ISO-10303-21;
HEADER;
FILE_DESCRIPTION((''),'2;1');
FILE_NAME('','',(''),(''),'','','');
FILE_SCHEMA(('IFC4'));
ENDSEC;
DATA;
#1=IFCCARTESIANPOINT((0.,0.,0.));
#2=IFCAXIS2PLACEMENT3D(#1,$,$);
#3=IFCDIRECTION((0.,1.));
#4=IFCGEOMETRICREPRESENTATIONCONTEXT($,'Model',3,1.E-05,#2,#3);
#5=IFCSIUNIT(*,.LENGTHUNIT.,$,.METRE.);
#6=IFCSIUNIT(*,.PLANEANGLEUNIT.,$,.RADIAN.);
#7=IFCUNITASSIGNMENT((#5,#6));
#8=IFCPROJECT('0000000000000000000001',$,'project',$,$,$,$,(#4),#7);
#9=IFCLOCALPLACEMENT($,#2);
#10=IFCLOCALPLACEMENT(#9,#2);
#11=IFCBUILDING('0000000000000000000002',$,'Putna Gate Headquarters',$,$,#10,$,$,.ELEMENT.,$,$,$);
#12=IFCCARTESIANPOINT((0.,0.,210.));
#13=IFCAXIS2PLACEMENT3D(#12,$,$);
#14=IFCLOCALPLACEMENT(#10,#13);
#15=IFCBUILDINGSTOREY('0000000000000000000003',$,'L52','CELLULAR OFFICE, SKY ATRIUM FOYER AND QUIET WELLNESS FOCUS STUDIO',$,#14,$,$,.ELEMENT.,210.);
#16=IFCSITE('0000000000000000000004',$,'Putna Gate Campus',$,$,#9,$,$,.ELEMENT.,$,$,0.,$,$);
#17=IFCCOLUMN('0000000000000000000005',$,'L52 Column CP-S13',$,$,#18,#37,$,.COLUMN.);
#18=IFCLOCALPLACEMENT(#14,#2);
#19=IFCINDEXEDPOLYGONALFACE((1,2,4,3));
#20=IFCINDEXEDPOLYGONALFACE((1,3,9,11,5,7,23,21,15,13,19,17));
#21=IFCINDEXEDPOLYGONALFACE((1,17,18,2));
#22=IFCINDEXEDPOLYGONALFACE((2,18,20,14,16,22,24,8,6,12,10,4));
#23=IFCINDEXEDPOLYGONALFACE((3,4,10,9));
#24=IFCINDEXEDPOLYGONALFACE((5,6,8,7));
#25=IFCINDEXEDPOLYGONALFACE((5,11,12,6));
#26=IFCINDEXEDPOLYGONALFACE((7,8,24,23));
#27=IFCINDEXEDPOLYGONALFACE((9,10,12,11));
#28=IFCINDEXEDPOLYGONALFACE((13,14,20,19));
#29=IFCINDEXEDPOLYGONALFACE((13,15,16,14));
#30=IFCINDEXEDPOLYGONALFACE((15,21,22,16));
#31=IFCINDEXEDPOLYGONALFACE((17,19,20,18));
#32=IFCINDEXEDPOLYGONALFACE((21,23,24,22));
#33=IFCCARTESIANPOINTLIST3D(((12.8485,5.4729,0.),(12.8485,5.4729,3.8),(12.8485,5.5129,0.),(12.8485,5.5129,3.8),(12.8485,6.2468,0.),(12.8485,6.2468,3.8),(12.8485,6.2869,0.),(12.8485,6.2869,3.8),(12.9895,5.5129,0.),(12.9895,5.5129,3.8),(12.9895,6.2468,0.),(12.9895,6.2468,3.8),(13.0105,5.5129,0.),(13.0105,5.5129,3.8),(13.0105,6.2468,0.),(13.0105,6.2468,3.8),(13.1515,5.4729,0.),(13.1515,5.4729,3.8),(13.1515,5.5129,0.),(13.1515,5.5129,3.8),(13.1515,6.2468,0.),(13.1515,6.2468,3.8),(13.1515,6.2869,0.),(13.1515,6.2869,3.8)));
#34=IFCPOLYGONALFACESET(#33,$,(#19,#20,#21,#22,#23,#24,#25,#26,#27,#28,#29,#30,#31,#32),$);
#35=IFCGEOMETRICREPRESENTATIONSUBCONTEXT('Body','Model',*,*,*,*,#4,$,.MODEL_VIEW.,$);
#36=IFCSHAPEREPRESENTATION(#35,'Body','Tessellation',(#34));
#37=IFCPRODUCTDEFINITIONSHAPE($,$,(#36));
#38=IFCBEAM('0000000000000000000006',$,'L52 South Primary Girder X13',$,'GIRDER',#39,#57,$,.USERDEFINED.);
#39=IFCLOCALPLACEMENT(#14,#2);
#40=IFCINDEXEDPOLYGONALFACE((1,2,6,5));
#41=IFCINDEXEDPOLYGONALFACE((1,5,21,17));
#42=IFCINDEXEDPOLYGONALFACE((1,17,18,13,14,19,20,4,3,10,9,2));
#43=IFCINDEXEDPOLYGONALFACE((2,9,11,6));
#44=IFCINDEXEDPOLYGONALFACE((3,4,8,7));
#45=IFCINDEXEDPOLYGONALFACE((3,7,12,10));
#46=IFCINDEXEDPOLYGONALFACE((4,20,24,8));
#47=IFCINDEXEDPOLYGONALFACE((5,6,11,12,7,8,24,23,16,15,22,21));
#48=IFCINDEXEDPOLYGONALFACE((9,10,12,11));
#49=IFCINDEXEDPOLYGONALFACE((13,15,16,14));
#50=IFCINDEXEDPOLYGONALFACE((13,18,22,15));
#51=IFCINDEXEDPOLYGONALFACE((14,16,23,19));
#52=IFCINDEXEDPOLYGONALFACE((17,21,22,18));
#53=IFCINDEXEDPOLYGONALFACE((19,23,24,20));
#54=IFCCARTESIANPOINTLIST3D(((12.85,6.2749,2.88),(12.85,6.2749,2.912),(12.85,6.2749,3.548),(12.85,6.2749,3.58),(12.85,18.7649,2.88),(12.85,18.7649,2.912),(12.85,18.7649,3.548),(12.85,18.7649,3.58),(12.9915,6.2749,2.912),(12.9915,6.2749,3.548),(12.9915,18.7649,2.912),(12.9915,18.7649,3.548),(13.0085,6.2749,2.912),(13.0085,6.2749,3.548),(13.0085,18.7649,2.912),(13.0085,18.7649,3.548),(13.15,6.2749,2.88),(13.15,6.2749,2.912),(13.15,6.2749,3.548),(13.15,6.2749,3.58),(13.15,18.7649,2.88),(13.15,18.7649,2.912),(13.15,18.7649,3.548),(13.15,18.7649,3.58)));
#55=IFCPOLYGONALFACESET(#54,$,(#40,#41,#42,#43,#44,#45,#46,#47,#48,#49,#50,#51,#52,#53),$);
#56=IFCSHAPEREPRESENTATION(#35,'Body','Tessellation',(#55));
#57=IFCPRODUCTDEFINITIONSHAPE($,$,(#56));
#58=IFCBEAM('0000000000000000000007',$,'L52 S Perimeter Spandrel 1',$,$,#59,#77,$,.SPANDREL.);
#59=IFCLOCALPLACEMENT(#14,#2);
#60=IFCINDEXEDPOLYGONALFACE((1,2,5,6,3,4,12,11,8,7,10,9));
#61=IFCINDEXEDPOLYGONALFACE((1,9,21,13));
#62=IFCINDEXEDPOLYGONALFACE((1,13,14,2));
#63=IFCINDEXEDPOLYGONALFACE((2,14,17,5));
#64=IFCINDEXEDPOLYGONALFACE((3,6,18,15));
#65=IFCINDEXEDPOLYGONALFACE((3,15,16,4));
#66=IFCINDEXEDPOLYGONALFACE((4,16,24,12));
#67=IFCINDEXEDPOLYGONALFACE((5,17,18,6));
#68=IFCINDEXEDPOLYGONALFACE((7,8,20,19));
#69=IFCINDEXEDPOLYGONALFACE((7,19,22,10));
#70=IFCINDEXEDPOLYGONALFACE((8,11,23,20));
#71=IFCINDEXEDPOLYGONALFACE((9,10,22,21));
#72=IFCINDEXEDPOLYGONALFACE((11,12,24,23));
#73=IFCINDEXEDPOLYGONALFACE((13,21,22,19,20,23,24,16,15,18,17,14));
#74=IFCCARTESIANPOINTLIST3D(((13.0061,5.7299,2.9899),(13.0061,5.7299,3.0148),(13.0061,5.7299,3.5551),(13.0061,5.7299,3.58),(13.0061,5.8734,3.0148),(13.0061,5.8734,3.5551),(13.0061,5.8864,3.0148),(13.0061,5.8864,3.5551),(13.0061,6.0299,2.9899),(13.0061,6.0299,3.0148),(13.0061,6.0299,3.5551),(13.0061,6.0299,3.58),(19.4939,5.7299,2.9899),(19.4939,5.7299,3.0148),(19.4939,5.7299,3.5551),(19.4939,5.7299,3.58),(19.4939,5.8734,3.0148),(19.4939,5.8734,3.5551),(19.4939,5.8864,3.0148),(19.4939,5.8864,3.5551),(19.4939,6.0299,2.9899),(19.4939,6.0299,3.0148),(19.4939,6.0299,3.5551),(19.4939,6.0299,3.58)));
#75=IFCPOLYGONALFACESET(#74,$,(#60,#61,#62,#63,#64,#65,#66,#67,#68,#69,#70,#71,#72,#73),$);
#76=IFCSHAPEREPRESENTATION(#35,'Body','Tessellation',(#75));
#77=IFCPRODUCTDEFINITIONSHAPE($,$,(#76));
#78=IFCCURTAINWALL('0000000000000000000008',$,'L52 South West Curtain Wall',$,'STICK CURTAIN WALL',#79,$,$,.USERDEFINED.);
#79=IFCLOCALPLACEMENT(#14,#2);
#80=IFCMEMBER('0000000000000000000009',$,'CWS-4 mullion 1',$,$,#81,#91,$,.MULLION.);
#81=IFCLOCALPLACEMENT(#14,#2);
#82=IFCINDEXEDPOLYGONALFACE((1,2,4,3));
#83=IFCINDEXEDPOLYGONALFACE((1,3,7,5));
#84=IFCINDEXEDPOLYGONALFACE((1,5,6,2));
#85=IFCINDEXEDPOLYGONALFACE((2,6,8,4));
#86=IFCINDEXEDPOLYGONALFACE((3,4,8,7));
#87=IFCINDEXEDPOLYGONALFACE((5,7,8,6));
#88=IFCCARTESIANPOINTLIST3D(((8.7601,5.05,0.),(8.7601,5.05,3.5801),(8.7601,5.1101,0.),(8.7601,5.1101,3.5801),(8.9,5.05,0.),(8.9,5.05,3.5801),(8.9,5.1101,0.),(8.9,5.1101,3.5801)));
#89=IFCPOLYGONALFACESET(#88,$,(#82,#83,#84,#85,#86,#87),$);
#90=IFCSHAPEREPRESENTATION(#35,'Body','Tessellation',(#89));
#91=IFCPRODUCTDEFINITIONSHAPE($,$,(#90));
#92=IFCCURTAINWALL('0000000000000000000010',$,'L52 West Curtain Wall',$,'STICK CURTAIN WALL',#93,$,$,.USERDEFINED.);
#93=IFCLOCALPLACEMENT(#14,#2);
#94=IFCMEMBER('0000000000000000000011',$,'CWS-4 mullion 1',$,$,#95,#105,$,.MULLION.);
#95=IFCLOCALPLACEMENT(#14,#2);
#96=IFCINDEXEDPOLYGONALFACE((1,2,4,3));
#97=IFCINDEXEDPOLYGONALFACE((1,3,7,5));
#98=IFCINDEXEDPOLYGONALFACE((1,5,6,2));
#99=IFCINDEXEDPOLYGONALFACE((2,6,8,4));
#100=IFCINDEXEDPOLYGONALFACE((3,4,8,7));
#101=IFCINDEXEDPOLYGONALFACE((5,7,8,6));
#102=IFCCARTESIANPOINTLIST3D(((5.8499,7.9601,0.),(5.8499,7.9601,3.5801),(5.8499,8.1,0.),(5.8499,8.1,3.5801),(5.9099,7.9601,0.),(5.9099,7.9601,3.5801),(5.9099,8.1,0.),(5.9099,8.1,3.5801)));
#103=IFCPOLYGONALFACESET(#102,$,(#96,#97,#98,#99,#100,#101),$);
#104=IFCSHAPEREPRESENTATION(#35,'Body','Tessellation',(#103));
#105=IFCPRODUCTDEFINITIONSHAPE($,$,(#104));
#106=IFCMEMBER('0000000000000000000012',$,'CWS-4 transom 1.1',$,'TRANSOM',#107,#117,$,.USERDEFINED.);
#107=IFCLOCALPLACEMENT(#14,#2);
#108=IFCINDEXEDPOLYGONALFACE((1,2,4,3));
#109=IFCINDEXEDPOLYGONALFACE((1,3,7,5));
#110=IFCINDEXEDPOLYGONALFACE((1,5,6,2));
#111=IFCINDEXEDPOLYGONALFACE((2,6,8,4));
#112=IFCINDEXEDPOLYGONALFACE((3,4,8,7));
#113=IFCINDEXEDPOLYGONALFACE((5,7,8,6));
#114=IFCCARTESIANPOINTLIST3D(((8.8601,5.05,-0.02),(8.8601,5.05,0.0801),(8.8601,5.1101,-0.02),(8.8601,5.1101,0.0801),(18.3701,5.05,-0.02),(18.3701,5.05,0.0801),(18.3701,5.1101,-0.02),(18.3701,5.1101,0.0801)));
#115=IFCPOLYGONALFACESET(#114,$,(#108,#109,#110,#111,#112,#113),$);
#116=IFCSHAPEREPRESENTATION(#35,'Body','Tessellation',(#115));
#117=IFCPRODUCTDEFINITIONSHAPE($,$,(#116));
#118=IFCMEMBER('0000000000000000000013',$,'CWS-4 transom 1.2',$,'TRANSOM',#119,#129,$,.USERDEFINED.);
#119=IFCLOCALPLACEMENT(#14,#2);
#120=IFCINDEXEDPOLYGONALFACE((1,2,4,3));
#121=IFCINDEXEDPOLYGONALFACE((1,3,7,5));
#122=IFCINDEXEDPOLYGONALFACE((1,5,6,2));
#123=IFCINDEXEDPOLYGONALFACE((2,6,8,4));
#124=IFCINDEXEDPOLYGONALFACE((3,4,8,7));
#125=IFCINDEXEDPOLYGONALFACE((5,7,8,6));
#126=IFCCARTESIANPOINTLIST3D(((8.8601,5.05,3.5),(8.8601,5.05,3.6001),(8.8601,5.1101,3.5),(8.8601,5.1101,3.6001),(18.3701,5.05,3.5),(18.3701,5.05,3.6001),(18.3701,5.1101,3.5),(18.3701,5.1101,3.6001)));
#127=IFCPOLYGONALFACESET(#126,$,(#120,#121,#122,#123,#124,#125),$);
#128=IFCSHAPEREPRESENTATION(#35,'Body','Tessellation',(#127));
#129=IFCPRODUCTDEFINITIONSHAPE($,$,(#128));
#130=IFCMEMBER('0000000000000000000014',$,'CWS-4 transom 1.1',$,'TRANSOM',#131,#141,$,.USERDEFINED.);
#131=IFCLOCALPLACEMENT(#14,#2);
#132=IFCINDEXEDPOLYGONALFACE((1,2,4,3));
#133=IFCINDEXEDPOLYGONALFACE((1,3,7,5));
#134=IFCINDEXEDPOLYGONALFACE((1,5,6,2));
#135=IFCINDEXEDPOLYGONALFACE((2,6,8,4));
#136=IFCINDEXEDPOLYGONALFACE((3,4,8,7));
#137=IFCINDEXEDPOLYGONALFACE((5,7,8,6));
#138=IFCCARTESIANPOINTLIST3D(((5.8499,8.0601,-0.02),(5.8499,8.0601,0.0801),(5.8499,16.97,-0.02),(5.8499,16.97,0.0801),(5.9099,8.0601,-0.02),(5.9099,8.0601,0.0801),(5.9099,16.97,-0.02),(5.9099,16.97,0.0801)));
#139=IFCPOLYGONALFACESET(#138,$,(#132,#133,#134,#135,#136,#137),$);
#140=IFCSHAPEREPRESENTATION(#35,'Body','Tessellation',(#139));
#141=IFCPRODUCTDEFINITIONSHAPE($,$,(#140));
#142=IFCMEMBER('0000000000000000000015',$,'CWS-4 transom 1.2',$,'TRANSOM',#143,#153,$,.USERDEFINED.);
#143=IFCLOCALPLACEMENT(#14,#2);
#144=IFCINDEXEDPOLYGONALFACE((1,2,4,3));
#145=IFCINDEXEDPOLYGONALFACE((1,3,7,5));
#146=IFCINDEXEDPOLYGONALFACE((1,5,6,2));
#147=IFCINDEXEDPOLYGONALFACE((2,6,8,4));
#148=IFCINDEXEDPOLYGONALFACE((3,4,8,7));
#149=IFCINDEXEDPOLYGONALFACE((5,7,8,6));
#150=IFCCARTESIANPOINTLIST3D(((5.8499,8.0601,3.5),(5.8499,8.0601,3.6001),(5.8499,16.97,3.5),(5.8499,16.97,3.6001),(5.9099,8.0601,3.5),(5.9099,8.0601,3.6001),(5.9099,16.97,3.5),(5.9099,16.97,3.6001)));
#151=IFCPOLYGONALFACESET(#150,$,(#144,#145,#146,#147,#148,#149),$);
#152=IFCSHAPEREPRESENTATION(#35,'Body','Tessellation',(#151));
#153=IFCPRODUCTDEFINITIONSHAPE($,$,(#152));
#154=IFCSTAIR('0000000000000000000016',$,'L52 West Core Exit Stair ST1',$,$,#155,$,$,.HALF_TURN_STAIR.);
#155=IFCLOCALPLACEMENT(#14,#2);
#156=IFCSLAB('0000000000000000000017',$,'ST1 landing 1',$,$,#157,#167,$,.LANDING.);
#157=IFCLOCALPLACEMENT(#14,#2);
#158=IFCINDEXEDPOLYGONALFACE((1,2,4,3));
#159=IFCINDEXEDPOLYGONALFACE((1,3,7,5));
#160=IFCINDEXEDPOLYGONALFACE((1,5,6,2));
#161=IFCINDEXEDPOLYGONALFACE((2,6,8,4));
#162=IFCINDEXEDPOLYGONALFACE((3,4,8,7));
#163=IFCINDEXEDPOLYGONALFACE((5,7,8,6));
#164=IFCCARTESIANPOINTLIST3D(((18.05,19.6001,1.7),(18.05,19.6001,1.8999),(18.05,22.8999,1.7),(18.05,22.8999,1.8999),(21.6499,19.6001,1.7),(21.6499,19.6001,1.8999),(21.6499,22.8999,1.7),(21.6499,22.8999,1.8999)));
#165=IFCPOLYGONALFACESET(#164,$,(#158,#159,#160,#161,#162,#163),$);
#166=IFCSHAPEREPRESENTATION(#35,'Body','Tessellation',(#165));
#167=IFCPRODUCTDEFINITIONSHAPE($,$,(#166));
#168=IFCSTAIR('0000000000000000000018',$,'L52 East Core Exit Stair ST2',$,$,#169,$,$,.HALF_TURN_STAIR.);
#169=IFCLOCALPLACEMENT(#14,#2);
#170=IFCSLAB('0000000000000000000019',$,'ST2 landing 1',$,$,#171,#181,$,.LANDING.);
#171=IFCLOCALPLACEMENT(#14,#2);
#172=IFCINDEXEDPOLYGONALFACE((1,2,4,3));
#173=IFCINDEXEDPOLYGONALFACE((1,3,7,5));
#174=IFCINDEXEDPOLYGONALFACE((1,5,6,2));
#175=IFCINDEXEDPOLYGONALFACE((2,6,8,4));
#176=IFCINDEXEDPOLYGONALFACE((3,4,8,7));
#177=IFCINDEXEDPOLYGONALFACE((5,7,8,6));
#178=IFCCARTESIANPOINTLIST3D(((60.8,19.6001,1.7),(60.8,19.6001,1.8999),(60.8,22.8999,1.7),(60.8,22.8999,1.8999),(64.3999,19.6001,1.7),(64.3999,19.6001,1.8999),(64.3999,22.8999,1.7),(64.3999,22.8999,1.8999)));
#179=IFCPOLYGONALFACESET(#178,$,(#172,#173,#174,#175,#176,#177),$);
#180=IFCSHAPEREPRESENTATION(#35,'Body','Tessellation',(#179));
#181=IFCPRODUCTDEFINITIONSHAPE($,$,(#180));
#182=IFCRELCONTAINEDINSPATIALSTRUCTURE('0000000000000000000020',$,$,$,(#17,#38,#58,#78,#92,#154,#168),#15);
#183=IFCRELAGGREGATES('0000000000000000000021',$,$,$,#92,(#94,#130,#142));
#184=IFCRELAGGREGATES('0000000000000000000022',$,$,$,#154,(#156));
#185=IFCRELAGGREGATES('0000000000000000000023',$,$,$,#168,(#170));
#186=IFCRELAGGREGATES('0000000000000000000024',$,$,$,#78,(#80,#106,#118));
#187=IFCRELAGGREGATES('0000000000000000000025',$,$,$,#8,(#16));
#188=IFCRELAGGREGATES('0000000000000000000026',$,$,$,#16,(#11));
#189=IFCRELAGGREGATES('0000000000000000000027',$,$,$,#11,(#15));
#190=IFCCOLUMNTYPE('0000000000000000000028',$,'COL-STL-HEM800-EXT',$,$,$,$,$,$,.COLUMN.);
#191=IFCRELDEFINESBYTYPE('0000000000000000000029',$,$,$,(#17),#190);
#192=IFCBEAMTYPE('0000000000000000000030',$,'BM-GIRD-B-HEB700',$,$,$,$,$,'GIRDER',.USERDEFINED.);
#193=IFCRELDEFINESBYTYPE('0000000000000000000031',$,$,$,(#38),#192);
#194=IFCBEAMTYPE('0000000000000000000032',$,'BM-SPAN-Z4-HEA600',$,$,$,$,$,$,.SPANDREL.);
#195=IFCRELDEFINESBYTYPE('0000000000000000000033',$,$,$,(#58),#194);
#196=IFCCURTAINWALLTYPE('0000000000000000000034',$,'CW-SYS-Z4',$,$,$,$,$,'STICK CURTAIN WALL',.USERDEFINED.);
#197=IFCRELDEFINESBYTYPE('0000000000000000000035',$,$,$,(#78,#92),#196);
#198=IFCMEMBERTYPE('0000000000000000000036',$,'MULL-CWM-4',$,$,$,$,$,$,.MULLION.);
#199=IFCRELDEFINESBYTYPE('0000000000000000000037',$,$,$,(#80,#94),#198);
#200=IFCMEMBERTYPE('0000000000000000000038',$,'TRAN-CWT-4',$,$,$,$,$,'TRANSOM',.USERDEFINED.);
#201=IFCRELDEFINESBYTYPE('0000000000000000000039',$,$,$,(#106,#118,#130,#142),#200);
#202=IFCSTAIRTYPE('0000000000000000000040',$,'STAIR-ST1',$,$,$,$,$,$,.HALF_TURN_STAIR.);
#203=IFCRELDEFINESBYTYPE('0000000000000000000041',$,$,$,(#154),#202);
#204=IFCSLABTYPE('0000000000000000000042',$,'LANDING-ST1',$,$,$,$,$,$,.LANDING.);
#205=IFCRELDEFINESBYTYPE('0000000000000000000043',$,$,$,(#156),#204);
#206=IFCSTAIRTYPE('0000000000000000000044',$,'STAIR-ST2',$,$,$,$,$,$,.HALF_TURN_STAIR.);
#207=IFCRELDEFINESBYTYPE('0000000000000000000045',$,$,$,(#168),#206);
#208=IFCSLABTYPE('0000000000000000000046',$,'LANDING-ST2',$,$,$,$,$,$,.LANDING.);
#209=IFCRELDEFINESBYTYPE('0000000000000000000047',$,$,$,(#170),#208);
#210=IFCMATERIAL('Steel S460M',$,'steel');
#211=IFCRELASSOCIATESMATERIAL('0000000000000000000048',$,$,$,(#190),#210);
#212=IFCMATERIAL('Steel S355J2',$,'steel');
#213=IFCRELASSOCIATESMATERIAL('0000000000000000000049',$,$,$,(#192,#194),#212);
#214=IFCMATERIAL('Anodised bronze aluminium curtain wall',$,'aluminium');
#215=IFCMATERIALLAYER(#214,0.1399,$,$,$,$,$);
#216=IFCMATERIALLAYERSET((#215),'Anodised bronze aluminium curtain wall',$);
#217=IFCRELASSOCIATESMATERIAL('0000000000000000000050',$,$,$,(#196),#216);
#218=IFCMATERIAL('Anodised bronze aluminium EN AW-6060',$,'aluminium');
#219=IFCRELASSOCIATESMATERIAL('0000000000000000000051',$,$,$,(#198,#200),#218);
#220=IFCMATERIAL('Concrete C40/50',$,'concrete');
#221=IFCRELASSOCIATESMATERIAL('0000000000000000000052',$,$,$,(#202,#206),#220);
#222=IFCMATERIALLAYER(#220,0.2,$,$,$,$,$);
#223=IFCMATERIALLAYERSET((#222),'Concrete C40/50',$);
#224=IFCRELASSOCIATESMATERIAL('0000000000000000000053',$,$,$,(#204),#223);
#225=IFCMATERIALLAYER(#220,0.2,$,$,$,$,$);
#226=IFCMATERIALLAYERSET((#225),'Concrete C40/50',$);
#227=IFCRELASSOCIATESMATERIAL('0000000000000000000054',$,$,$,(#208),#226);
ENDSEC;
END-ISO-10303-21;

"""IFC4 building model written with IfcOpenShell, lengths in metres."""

from ifc_helpers import new_model, si_unit, direction, frame, origin, origin_2d, place, context, subcontext, project, spatial, polyline, rectangle, i_section, outline, extrude, material, layer, layer_set, material_profile, profile_set, type_object, element, aggregate, save


model = new_model("IFC4")

# Units and contexts
model_context = context("Model", 3, precision=1e-05, world=origin(), true_north=direction((0.0, 1.0)))
body_context = subcontext(model_context, "Body", "Model", "MODEL_VIEW")
ifc_project = project(units=[si_unit("LENGTHUNIT", "METRE"), si_unit("PLANEANGLEUNIT", "RADIAN")], contexts=[model_context])

# Site, building, storey
site_placement = place(None, origin())
site = spatial("IfcSite", under=ifc_project, at=site_placement, Name="Putna Gate Campus", CompositionType="ELEMENT", RefElevation=0.0)
building_placement = place(site_placement, origin())
building = spatial("IfcBuilding", under=site, at=building_placement, Name="Putna Gate Headquarters", CompositionType="ELEMENT")
storey_placement = place(building_placement, frame((0.0, 0.0, 210.0)))
storey = spatial("IfcBuildingStorey", under=building, at=storey_placement, Name="L52", Description="CELLULAR OFFICE, SKY ATRIUM FOYER AND QUIET WELLNESS FOCUS STUDIO", CompositionType="ELEMENT", Elevation=210.0)

# Column
ifc_material_1 = material(Name="Steel S460M", Category="steel")
ifc_material_profile_1 = material_profile(ifc_material_1, i_section(OverallWidth=0.303, OverallDepth=0.814, WebThickness=0.021, FlangeThickness=0.04, at=origin_2d()), Name="Steel S460M")
ifc_profile_set_1 = profile_set([ifc_material_profile_1], Name="Steel S460M")
column_type = type_object("IfcColumnType", Name="COL-STL-HEM800-EXT", PredefinedType="COLUMN", material=ifc_profile_set_1)
column_placement = place(storey_placement, frame((13.0, 5.8799, 0.0), z_axis=(0.0, 0.0, 1.0), x_axis=(1.0, 0.0, 0.0)))
element("IfcColumn", 1, at=column_placement, inside=storey, type_object=column_type, Name="L52 Column CP-S13", PredefinedType="COLUMN", context=body_context, shape_type="SweptSolid", body=[
    extrude(i_section(OverallWidth=0.303, OverallDepth=0.814, WebThickness=0.021, FlangeThickness=0.04, at=origin_2d()), origin(), (0.0, 0.0, 1.0), 3.8),
])

# Beams
ifc_material_2 = material(Name="Steel S355J2", Category="steel")
ifc_material_profile_2 = material_profile(ifc_material_2, i_section(OverallWidth=0.3, OverallDepth=0.7, WebThickness=0.0171, FlangeThickness=0.032, at=origin_2d()), Name="Steel S355J2")
ifc_profile_set_2 = profile_set([ifc_material_profile_2], Name="Steel S355J2")
beam_type_1 = type_object("IfcBeamType", Name="BM-GIRD-B-HEB700", ElementType="GIRDER", PredefinedType="USERDEFINED", material=ifc_profile_set_2)
beam_1_placement = place(storey_placement, frame((13.0, 6.2749, 3.23), z_axis=(0.0, 1.0, 0.0), x_axis=(-1.0, 0.0, 0.0)))
element("IfcBeam", 2, at=beam_1_placement, inside=storey, type_object=beam_type_1, Name="L52 South Primary Girder X13", ObjectType="GIRDER", PredefinedType="USERDEFINED", context=body_context, shape_type="SweptSolid", body=[
    extrude(i_section(OverallWidth=0.3, OverallDepth=0.7, WebThickness=0.0171, FlangeThickness=0.032, at=origin_2d()), origin(), (0.0, 0.0, 1.0), 12.49),
])
ifc_material_profile_3 = material_profile(ifc_material_2, i_section(OverallWidth=0.3, OverallDepth=0.5901, WebThickness=0.0129, FlangeThickness=0.0249, at=origin_2d()), Name="Steel S355J2")
ifc_profile_set_3 = profile_set([ifc_material_profile_3], Name="Steel S355J2")
beam_type_2 = type_object("IfcBeamType", Name="BM-SPAN-Z4-HEA600", PredefinedType="SPANDREL", material=ifc_profile_set_3)
beam_2_placement = place(storey_placement, frame((13.0061, 5.8799, 3.2849), z_axis=(1.0, 0.0, 0.0), x_axis=(0.0, 1.0, 0.0)))
element("IfcBeam", 3, at=beam_2_placement, inside=storey, type_object=beam_type_2, Name="L52 S Perimeter Spandrel 1", PredefinedType="SPANDREL", context=body_context, shape_type="SweptSolid", body=[
    extrude(i_section(OverallWidth=0.3, OverallDepth=0.5901, WebThickness=0.0129, FlangeThickness=0.0249, at=origin_2d()), origin(), (0.0, 0.0, 1.0), 6.4878),
])

# Curtain walls, members
ifc_material_3 = material(Name="Anodised bronze aluminium curtain wall", Category="aluminium")
ifc_layer_1 = layer(ifc_material_3, 0.1399)
ifc_layer_set_1 = layer_set([ifc_layer_1], Name="Anodised bronze aluminium curtain wall")
curtain_wall_type = type_object("IfcCurtainWallType", Name="CW-SYS-Z4", ElementType="STICK CURTAIN WALL", PredefinedType="USERDEFINED", material=ifc_layer_set_1)
curtain_wall_1_placement = place(storey_placement, origin())
curtain_wall_1 = element("IfcCurtainWall", 4, at=curtain_wall_1_placement, inside=storey, type_object=curtain_wall_type, Name="L52 South West Curtain Wall", ObjectType="STICK CURTAIN WALL", PredefinedType="USERDEFINED")
ifc_material_4 = material(Name="Anodised bronze aluminium EN AW-6060", Category="aluminium")
ifc_material_profile_4 = material_profile(ifc_material_4, rectangle(XDim=0.0601, YDim=0.1399, at=origin_2d()), Name="Anodised bronze aluminium EN AW-6060")
ifc_profile_set_4 = profile_set([ifc_material_profile_4], Name="Anodised bronze aluminium EN AW-6060")
member_type_1 = type_object("IfcMemberType", Name="MULL-CWM-4", PredefinedType="MULLION", material=ifc_profile_set_4)
member_1_placement = place(storey_placement, frame((8.8301, 5.0801, 0.0), z_axis=(0.0, 0.0, 1.0), x_axis=(0.0, 1.0, 0.0)))
member_1 = element("IfcMember", 5, at=member_1_placement, type_object=member_type_1, Name="CWS-4 mullion 1", PredefinedType="MULLION", context=body_context, shape_type="SweptSolid", body=[
    extrude(rectangle(XDim=0.0601, YDim=0.1399, at=origin_2d()), origin(), (0.0, 0.0, 1.0), 3.5801),
])
curtain_wall_2_placement = place(storey_placement, origin())
curtain_wall_2 = element("IfcCurtainWall", 6, at=curtain_wall_2_placement, inside=storey, type_object=curtain_wall_type, Name="L52 West Curtain Wall", ObjectType="STICK CURTAIN WALL", PredefinedType="USERDEFINED")
member_2_placement = place(storey_placement, frame((5.8799, 8.03, 0.0), z_axis=(0.0, 0.0, 1.0), x_axis=(-1.0, 0.0, 0.0)))
member_2 = element("IfcMember", 7, at=member_2_placement, type_object=member_type_1, Name="CWS-4 mullion 1", PredefinedType="MULLION", context=body_context, shape_type="SweptSolid", body=[
    extrude(rectangle(XDim=0.0601, YDim=0.1399, at=origin_2d()), origin(), (0.0, 0.0, 1.0), 3.5801),
])

# Members
ifc_material_profile_5 = material_profile(ifc_material_4, rectangle(XDim=0.0601, YDim=0.1001, at=origin_2d()), Name="Anodised bronze aluminium EN AW-6060")
ifc_profile_set_5 = profile_set([ifc_material_profile_5], Name="Anodised bronze aluminium EN AW-6060")
member_type_2 = type_object("IfcMemberType", Name="TRAN-CWT-4", ElementType="TRANSOM", PredefinedType="USERDEFINED", material=ifc_profile_set_5)
member_3_placement = place(storey_placement, frame((8.8601, 5.0801, 0.03), z_axis=(1.0, 0.0, 0.0), x_axis=(0.0, 1.0, 0.0)))
member_3 = element("IfcMember", 8, at=member_3_placement, type_object=member_type_2, Name="CWS-4 transom 1.1", ObjectType="TRANSOM", PredefinedType="USERDEFINED", context=body_context, shape_type="SweptSolid", body=[
    extrude(rectangle(XDim=0.0601, YDim=0.1001, at=origin_2d()), origin(), (0.0, 0.0, 1.0), 9.51),
])
member_4_placement = place(storey_placement, frame((8.8601, 5.0801, 3.55), z_axis=(1.0, 0.0, 0.0), x_axis=(0.0, 1.0, 0.0)))
member_4 = element("IfcMember", 9, at=member_4_placement, type_object=member_type_2, Name="CWS-4 transom 1.2", ObjectType="TRANSOM", PredefinedType="USERDEFINED", context=body_context, shape_type="SweptSolid", body=[
    extrude(rectangle(XDim=0.0601, YDim=0.1001, at=origin_2d()), origin(), (0.0, 0.0, 1.0), 9.51),
])
member_5_placement = place(storey_placement, frame((5.8799, 8.0601, 0.03), z_axis=(0.0, 1.0, 0.0), x_axis=(-1.0, 0.0, 0.0)))
member_5 = element("IfcMember", 10, at=member_5_placement, type_object=member_type_2, Name="CWS-4 transom 1.1", ObjectType="TRANSOM", PredefinedType="USERDEFINED", context=body_context, shape_type="SweptSolid", body=[
    extrude(rectangle(XDim=0.0601, YDim=0.1001, at=origin_2d()), origin(), (0.0, 0.0, 1.0), 8.9099),
])
member_6_placement = place(storey_placement, frame((5.8799, 8.0601, 3.55), z_axis=(0.0, 1.0, 0.0), x_axis=(-1.0, 0.0, 0.0)))
member_6 = element("IfcMember", 11, at=member_6_placement, type_object=member_type_2, Name="CWS-4 transom 1.2", ObjectType="TRANSOM", PredefinedType="USERDEFINED", context=body_context, shape_type="SweptSolid", body=[
    extrude(rectangle(XDim=0.0601, YDim=0.1001, at=origin_2d()), origin(), (0.0, 0.0, 1.0), 8.9099),
])
aggregate(curtain_wall_2, [member_2, member_5, member_6])

# Stairs, slabs
ifc_material_5 = material(Name="Concrete C40/50", Category="concrete")
stair_type_1 = type_object("IfcStairType", Name="STAIR-ST1", PredefinedType="HALF_TURN_STAIR", material=ifc_material_5)
stair_1_placement = place(storey_placement, origin())
stair_1 = element("IfcStair", 12, at=stair_1_placement, inside=storey, type_object=stair_type_1, Name="L52 West Core Exit Stair ST1", PredefinedType="HALF_TURN_STAIR")
ifc_layer_2 = layer(ifc_material_5, 0.2)
ifc_layer_set_2 = layer_set([ifc_layer_2], Name="Concrete C40/50")
slab_type_1 = type_object("IfcSlabType", Name="LANDING-ST1", PredefinedType="LANDING", material=ifc_layer_set_2)
slab_1_placement = place(storey_placement, frame((0.0, 0.0, 1.7)))
slab_1 = element("IfcSlab", 13, at=slab_1_placement, type_object=slab_type_1, Name="ST1 landing 1", PredefinedType="LANDING", context=body_context, shape_type="SweptSolid", body=[
    extrude(outline(polyline([(18.05, 19.6001), (21.6499, 19.6001), (21.6499, 22.8999), (18.05, 22.8999), (18.05, 19.6001)])), origin(), (0.0, 0.0, 1.0), 0.2),
])
aggregate(stair_1, [slab_1])
stair_type_2 = type_object("IfcStairType", Name="STAIR-ST2", PredefinedType="HALF_TURN_STAIR", material=ifc_material_5)
stair_2_placement = place(storey_placement, origin())
stair_2 = element("IfcStair", 14, at=stair_2_placement, inside=storey, type_object=stair_type_2, Name="L52 East Core Exit Stair ST2", PredefinedType="HALF_TURN_STAIR")
ifc_layer_3 = layer(ifc_material_5, 0.2)
ifc_layer_set_3 = layer_set([ifc_layer_3], Name="Concrete C40/50")
slab_type_2 = type_object("IfcSlabType", Name="LANDING-ST2", PredefinedType="LANDING", material=ifc_layer_set_3)
slab_2_placement = place(storey_placement, frame((0.0, 0.0, 1.7)))
slab_2 = element("IfcSlab", 15, at=slab_2_placement, type_object=slab_type_2, Name="ST2 landing 1", PredefinedType="LANDING", context=body_context, shape_type="SweptSolid", body=[
    extrude(outline(polyline([(60.8, 19.6001), (64.3999, 19.6001), (64.3999, 22.8999), (60.8, 22.8999), (60.8, 19.6001)])), origin(), (0.0, 0.0, 1.0), 0.2),
])
aggregate(stair_2, [slab_2])

aggregate(curtain_wall_1, [member_1, member_3, member_4])

save(model, "model.ifc")
